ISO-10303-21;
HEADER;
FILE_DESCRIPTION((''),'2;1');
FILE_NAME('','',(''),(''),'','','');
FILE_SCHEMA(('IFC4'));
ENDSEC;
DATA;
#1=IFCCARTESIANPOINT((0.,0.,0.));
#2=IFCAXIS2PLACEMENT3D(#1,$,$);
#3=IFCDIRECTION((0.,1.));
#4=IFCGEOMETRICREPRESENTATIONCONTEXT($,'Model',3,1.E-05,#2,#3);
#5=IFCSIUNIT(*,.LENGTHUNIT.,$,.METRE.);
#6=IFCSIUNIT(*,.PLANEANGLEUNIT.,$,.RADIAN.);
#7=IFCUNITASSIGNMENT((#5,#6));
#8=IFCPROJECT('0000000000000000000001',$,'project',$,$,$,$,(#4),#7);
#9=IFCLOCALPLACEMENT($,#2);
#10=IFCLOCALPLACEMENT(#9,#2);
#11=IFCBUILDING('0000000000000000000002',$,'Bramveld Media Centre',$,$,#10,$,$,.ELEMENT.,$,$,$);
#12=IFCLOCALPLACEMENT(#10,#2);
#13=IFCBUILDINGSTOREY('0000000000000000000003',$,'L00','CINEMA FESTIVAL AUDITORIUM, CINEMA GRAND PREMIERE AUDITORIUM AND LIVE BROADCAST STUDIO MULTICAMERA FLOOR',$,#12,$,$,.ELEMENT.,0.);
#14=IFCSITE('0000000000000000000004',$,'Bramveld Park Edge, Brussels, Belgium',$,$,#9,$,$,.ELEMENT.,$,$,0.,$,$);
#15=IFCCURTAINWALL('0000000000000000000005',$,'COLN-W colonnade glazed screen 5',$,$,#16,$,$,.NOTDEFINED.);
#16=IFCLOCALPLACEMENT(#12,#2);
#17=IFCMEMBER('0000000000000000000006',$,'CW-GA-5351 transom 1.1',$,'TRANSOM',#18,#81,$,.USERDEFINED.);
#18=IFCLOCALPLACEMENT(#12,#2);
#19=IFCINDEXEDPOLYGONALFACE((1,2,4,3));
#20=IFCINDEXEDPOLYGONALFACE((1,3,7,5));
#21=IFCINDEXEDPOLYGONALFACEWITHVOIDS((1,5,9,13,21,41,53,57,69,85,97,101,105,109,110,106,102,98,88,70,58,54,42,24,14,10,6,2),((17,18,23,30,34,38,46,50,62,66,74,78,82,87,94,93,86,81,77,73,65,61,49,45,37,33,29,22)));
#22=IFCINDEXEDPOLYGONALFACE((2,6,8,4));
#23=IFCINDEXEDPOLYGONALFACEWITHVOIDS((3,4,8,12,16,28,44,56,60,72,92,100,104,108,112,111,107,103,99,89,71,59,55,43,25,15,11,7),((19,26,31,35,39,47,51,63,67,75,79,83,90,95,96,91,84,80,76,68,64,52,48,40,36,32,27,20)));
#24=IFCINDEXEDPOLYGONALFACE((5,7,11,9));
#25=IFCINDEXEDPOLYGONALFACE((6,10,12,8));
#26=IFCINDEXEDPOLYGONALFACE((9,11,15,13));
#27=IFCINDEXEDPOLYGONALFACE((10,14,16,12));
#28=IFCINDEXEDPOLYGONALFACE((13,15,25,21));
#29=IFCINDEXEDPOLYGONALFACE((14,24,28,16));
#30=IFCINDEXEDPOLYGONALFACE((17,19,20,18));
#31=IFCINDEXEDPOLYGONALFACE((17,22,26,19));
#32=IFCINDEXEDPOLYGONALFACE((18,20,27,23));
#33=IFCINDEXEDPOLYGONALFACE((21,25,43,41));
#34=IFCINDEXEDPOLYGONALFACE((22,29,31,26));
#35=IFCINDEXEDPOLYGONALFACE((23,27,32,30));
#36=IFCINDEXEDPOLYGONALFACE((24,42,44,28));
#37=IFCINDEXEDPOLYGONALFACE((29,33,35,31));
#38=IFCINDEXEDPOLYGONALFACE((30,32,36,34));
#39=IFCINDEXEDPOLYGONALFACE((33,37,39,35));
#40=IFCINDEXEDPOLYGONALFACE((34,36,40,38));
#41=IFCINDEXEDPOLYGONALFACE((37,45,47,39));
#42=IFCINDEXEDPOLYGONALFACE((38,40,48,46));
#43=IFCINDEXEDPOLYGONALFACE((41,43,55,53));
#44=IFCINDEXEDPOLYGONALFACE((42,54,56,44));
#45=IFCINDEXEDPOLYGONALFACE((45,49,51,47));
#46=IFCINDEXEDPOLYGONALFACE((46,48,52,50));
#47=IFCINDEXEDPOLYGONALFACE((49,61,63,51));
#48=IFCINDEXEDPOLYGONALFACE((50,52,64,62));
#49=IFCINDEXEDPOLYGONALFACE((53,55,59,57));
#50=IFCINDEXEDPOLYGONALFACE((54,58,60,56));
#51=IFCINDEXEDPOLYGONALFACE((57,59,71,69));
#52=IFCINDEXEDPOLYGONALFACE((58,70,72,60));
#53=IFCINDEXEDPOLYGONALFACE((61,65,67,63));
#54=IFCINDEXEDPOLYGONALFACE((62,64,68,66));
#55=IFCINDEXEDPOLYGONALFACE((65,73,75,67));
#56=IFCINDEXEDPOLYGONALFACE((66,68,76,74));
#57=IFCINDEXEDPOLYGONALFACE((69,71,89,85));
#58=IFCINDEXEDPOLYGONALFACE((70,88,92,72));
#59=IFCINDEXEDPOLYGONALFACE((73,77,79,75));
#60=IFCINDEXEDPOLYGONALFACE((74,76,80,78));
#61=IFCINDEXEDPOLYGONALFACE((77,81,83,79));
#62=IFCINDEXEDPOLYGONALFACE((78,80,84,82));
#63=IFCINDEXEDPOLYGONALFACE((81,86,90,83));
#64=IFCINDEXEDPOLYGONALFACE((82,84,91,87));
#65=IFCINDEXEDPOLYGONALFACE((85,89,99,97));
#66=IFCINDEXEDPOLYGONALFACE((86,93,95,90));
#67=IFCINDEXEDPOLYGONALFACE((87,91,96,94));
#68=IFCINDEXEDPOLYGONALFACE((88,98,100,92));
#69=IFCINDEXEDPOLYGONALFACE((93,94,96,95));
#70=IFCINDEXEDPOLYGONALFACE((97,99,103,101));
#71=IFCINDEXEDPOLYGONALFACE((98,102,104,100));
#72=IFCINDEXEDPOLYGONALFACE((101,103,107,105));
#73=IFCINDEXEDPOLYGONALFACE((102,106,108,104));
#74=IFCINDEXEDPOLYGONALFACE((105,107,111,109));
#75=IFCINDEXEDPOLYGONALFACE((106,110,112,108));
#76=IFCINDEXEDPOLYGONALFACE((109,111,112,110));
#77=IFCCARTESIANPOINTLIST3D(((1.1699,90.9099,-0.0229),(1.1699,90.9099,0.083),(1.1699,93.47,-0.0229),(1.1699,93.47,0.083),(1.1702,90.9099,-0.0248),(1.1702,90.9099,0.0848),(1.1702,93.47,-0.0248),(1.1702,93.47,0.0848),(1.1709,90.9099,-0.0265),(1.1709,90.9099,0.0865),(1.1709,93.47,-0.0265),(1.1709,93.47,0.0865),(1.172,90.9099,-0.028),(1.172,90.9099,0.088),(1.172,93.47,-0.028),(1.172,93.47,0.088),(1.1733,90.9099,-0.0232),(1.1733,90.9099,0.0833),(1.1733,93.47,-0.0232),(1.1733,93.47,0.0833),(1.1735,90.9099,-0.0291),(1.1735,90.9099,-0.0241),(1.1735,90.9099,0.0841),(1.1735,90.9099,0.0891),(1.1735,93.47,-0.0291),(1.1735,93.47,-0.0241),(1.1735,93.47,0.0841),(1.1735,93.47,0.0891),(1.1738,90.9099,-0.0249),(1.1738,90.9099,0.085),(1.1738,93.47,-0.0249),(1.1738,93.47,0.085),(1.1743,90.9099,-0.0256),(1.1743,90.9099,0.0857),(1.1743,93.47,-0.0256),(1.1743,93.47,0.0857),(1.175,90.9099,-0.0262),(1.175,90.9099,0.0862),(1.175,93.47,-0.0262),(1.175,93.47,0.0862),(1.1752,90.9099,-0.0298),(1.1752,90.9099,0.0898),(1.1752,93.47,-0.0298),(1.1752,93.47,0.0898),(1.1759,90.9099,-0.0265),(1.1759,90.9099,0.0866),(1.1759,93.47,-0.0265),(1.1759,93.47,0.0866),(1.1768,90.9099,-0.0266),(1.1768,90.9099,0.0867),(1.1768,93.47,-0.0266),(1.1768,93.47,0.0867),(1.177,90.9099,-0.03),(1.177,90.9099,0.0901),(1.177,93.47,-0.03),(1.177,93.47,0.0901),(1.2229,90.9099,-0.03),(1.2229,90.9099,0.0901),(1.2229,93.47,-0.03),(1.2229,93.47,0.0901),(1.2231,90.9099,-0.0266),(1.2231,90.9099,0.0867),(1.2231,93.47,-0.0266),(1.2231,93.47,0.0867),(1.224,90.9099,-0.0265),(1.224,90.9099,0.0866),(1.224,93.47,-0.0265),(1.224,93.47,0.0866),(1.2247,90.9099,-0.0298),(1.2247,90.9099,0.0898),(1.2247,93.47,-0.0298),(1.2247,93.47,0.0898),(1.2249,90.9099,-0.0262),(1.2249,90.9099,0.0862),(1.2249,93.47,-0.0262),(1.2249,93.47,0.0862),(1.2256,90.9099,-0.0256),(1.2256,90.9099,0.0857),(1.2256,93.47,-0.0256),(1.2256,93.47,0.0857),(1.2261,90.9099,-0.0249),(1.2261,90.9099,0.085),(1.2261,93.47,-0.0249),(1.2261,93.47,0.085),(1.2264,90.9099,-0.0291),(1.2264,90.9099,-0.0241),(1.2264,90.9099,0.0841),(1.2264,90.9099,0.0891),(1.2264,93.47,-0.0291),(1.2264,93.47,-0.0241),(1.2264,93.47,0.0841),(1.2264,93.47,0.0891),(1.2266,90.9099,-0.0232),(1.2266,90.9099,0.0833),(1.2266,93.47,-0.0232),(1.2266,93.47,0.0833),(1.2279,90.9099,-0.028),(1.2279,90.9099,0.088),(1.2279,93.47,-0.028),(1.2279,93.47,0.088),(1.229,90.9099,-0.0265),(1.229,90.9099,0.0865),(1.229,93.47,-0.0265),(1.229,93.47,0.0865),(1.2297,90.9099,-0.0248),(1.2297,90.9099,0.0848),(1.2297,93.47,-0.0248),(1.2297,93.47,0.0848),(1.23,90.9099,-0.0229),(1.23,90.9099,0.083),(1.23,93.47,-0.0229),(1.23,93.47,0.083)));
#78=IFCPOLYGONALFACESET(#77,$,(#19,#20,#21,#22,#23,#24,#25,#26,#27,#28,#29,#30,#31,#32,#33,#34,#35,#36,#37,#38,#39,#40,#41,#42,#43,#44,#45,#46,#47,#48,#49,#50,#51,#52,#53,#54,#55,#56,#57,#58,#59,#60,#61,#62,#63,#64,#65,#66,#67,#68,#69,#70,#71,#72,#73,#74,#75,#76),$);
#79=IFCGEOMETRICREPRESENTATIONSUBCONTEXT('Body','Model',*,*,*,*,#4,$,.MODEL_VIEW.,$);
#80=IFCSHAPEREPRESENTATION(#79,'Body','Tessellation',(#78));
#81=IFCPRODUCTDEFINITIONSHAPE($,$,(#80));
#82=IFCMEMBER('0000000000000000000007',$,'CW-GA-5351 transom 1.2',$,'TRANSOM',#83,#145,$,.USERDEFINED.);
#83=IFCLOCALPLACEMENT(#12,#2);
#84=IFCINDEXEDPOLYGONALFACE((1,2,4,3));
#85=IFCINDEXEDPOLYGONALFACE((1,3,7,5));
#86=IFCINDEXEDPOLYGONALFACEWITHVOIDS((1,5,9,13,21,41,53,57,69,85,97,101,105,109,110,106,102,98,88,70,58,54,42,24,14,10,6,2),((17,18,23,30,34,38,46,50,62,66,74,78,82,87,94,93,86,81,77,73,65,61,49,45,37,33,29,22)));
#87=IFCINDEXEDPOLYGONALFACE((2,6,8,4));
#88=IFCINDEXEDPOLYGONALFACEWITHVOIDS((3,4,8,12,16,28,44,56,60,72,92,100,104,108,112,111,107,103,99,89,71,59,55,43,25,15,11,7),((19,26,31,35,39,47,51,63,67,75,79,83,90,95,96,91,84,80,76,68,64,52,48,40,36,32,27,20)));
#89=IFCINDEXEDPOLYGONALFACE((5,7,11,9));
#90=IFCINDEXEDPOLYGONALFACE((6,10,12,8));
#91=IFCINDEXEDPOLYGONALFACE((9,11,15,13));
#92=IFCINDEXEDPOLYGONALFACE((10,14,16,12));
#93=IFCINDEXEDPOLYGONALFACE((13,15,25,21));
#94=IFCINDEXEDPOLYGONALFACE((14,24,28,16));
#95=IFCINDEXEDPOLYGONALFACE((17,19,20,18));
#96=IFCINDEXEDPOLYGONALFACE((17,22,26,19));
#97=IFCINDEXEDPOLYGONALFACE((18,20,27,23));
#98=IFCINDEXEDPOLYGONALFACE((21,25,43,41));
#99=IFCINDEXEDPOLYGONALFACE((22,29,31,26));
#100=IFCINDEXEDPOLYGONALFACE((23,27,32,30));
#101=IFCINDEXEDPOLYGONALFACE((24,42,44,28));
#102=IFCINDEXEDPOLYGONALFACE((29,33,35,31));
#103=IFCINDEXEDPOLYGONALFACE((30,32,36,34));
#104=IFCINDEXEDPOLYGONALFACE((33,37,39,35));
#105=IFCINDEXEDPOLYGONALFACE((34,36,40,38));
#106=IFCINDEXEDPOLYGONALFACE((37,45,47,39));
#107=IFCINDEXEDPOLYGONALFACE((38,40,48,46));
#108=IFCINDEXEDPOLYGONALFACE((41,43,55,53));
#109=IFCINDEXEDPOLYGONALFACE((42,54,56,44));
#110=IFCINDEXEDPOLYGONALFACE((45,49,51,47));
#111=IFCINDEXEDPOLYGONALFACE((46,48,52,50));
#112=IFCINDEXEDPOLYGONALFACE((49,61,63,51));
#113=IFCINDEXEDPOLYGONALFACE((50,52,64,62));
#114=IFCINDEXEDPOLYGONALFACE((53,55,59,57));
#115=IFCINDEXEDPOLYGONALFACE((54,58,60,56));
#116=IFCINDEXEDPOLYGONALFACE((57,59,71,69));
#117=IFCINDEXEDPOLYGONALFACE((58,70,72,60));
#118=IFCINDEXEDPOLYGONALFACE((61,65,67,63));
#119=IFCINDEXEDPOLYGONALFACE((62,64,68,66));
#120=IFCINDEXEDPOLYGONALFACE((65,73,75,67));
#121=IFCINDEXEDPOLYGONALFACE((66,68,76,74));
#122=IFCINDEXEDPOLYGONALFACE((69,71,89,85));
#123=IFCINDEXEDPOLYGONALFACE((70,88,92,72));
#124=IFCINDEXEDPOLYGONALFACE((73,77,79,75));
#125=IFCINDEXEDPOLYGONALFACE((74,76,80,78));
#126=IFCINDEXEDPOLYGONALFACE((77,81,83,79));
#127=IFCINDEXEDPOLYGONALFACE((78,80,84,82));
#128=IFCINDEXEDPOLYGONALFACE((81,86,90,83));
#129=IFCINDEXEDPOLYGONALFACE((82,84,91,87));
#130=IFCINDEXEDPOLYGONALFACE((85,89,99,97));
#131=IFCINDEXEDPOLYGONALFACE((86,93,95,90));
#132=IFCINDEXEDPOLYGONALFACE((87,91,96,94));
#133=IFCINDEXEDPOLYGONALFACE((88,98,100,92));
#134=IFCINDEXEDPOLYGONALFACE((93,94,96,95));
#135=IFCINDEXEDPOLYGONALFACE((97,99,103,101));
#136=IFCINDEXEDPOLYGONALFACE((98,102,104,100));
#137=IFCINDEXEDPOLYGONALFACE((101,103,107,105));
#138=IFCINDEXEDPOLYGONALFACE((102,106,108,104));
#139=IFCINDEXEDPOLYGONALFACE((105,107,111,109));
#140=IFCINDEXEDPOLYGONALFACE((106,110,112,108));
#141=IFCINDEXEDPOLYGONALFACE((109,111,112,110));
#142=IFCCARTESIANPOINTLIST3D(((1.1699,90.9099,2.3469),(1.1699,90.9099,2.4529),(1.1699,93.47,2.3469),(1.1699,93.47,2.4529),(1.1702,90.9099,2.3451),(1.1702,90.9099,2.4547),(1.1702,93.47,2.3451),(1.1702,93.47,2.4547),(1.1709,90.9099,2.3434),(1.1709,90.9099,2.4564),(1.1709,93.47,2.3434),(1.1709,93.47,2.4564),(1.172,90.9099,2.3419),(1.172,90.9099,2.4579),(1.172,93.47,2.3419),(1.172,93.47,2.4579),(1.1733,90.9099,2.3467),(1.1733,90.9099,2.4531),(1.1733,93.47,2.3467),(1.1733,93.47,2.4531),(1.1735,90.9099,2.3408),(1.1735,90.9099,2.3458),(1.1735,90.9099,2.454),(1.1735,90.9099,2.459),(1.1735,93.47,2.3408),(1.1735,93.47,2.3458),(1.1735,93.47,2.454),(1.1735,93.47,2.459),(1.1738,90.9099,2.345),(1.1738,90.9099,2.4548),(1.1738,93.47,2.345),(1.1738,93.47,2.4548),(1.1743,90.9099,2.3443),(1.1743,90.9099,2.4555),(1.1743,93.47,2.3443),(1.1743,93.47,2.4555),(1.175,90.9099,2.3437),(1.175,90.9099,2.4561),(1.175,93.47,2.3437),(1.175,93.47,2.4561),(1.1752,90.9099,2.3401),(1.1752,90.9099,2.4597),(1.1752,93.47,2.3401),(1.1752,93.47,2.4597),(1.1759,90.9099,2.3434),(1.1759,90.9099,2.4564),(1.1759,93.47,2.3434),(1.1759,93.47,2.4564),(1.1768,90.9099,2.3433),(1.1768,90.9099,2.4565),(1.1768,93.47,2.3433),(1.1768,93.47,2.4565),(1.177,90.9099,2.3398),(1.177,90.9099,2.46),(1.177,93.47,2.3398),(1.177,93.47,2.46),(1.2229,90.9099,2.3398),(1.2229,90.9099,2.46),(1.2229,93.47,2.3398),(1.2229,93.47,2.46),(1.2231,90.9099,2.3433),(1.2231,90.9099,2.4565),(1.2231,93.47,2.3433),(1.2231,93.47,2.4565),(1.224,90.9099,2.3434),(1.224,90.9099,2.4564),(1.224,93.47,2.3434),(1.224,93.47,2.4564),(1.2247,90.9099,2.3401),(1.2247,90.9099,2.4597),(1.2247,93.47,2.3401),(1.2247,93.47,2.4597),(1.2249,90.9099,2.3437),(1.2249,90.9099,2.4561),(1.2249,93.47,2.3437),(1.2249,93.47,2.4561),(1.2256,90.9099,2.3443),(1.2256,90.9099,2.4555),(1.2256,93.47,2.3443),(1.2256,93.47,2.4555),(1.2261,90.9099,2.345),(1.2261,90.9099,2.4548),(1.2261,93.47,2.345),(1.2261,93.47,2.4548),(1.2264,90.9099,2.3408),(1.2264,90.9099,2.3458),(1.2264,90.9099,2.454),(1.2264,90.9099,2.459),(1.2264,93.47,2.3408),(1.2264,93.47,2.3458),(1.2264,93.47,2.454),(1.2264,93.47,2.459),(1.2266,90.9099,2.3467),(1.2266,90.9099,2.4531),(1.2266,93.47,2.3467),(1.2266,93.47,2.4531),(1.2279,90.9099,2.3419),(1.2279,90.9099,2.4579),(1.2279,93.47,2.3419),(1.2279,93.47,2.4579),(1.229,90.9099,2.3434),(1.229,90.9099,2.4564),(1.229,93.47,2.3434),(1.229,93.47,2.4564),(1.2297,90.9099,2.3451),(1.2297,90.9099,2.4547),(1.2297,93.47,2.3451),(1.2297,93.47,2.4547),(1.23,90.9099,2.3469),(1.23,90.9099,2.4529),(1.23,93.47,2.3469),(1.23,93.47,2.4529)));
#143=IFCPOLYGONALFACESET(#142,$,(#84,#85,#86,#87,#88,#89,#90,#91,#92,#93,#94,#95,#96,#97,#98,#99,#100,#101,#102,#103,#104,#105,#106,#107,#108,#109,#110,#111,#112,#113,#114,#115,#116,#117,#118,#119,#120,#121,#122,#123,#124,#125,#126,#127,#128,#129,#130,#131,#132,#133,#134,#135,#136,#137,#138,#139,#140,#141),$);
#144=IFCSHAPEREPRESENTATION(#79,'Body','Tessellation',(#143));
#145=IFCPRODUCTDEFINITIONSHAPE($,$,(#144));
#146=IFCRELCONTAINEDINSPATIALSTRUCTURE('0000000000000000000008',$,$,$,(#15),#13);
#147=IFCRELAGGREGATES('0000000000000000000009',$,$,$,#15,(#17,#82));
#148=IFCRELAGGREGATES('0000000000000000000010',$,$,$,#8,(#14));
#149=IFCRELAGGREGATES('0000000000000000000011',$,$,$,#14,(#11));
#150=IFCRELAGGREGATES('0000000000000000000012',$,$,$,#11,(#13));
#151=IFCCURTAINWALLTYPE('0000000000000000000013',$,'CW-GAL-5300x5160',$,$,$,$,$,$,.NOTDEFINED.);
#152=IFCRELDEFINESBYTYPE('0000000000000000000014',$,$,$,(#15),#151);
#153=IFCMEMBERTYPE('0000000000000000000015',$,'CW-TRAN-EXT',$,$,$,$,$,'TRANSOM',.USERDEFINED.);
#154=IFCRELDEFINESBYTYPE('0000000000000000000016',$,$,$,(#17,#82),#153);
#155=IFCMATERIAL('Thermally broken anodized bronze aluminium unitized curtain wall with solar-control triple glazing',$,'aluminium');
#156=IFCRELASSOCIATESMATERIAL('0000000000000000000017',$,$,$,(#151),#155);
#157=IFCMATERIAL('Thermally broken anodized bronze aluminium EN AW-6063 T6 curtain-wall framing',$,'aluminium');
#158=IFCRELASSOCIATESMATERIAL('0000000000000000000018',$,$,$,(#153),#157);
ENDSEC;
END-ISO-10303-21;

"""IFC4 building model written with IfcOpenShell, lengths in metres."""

from ifc_helpers import new_model, si_unit, direction, frame, origin, origin_2d, place, context, subcontext, project, spatial, hollow_rectangle, extrude, material, material_profile, profile_set, type_object, element, aggregate, save


model = new_model("IFC4")

# Units and contexts
model_context = context("Model", 3, precision=1e-05, world=origin(), true_north=direction((0.0, 1.0)))
body_context = subcontext(model_context, "Body", "Model", "MODEL_VIEW")
ifc_project = project(units=[si_unit("LENGTHUNIT", "METRE"), si_unit("PLANEANGLEUNIT", "RADIAN")], contexts=[model_context])

# Site, building, storey
site_placement = place(None, origin())
site = spatial("IfcSite", under=ifc_project, at=site_placement, Name="Bramveld Park Edge, Brussels, Belgium", CompositionType="ELEMENT", RefElevation=0.0)
building_placement = place(site_placement, origin())
building = spatial("IfcBuilding", under=site, at=building_placement, Name="Bramveld Media Centre", CompositionType="ELEMENT")
storey_placement = place(building_placement, origin())
storey = spatial("IfcBuildingStorey", under=building, at=storey_placement, Name="L00", Description="CINEMA FESTIVAL AUDITORIUM, CINEMA GRAND PREMIERE AUDITORIUM AND LIVE BROADCAST STUDIO MULTICAMERA FLOOR", CompositionType="ELEMENT", Elevation=0.0)

# Curtain wall
ifc_material_1 = material(Name="Thermally broken anodized bronze aluminium unitized curtain wall with solar-control triple glazing", Category="aluminium")
curtain_wall_type_1 = type_object("IfcCurtainWallType", Name="CW-GAL-5300x5160", PredefinedType="NOTDEFINED", material=ifc_material_1)
curtain_wall_1_placement = place(storey_placement, origin())
curtain_wall_1 = element("IfcCurtainWall", 1, at=curtain_wall_1_placement, inside=storey, type_object=curtain_wall_type_1, Name="COLN-W colonnade glazed screen 5", PredefinedType="NOTDEFINED")

# Members
ifc_material_2 = material(Name="Thermally broken anodized bronze aluminium EN AW-6063 T6 curtain-wall framing", Category="aluminium")
ifc_material_profile_1 = material_profile(ifc_material_2, hollow_rectangle(XDim=0.0601, YDim=0.1201, WallThickness=0.0034, InnerFilletRadius=0.0034, OuterFilletRadius=0.0071, at=origin_2d()), Name="AL-TRAN 60x120")
ifc_profile_set_1 = profile_set([ifc_material_profile_1], Name="Thermally broken anodized bronze aluminium EN AW-6063 T6 curtain-wall framing")
member_type_1 = type_object("IfcMemberType", Name="CW-TRAN-EXT", ElementType="TRANSOM", PredefinedType="USERDEFINED", material=ifc_profile_set_1)
member_1_placement = place(storey_placement, frame((1.2, 90.9099, 0.03), z_axis=(0.0, 1.0, 0.0), x_axis=(-1.0, 0.0, 0.0)))
member_1 = element("IfcMember", 2, at=member_1_placement, type_object=member_type_1, Name="CW-GA-5351 transom 1.1", ObjectType="TRANSOM", PredefinedType="USERDEFINED", context=body_context, shape_type="SweptSolid", body=[
    extrude(hollow_rectangle(XDim=0.0601, YDim=0.1201, WallThickness=0.0034, InnerFilletRadius=0.0034, OuterFilletRadius=0.0071, at=origin_2d()), origin(), (0.0, 0.0, 1.0), 2.5601),
])
member_2_placement = place(storey_placement, frame((1.2, 90.9099, 2.3999), z_axis=(0.0, 1.0, 0.0), x_axis=(-1.0, 0.0, 0.0)))
member_2 = element("IfcMember", 3, at=member_2_placement, type_object=member_type_1, Name="CW-GA-5351 transom 1.2", ObjectType="TRANSOM", PredefinedType="USERDEFINED", context=body_context, shape_type="SweptSolid", body=[
    extrude(hollow_rectangle(XDim=0.0601, YDim=0.1201, WallThickness=0.0034, InnerFilletRadius=0.0034, OuterFilletRadius=0.0071, at=origin_2d()), origin(), (0.0, 0.0, 1.0), 2.5601),
])

aggregate(curtain_wall_1, [member_1, member_2])

save(model, "model.ifc")
